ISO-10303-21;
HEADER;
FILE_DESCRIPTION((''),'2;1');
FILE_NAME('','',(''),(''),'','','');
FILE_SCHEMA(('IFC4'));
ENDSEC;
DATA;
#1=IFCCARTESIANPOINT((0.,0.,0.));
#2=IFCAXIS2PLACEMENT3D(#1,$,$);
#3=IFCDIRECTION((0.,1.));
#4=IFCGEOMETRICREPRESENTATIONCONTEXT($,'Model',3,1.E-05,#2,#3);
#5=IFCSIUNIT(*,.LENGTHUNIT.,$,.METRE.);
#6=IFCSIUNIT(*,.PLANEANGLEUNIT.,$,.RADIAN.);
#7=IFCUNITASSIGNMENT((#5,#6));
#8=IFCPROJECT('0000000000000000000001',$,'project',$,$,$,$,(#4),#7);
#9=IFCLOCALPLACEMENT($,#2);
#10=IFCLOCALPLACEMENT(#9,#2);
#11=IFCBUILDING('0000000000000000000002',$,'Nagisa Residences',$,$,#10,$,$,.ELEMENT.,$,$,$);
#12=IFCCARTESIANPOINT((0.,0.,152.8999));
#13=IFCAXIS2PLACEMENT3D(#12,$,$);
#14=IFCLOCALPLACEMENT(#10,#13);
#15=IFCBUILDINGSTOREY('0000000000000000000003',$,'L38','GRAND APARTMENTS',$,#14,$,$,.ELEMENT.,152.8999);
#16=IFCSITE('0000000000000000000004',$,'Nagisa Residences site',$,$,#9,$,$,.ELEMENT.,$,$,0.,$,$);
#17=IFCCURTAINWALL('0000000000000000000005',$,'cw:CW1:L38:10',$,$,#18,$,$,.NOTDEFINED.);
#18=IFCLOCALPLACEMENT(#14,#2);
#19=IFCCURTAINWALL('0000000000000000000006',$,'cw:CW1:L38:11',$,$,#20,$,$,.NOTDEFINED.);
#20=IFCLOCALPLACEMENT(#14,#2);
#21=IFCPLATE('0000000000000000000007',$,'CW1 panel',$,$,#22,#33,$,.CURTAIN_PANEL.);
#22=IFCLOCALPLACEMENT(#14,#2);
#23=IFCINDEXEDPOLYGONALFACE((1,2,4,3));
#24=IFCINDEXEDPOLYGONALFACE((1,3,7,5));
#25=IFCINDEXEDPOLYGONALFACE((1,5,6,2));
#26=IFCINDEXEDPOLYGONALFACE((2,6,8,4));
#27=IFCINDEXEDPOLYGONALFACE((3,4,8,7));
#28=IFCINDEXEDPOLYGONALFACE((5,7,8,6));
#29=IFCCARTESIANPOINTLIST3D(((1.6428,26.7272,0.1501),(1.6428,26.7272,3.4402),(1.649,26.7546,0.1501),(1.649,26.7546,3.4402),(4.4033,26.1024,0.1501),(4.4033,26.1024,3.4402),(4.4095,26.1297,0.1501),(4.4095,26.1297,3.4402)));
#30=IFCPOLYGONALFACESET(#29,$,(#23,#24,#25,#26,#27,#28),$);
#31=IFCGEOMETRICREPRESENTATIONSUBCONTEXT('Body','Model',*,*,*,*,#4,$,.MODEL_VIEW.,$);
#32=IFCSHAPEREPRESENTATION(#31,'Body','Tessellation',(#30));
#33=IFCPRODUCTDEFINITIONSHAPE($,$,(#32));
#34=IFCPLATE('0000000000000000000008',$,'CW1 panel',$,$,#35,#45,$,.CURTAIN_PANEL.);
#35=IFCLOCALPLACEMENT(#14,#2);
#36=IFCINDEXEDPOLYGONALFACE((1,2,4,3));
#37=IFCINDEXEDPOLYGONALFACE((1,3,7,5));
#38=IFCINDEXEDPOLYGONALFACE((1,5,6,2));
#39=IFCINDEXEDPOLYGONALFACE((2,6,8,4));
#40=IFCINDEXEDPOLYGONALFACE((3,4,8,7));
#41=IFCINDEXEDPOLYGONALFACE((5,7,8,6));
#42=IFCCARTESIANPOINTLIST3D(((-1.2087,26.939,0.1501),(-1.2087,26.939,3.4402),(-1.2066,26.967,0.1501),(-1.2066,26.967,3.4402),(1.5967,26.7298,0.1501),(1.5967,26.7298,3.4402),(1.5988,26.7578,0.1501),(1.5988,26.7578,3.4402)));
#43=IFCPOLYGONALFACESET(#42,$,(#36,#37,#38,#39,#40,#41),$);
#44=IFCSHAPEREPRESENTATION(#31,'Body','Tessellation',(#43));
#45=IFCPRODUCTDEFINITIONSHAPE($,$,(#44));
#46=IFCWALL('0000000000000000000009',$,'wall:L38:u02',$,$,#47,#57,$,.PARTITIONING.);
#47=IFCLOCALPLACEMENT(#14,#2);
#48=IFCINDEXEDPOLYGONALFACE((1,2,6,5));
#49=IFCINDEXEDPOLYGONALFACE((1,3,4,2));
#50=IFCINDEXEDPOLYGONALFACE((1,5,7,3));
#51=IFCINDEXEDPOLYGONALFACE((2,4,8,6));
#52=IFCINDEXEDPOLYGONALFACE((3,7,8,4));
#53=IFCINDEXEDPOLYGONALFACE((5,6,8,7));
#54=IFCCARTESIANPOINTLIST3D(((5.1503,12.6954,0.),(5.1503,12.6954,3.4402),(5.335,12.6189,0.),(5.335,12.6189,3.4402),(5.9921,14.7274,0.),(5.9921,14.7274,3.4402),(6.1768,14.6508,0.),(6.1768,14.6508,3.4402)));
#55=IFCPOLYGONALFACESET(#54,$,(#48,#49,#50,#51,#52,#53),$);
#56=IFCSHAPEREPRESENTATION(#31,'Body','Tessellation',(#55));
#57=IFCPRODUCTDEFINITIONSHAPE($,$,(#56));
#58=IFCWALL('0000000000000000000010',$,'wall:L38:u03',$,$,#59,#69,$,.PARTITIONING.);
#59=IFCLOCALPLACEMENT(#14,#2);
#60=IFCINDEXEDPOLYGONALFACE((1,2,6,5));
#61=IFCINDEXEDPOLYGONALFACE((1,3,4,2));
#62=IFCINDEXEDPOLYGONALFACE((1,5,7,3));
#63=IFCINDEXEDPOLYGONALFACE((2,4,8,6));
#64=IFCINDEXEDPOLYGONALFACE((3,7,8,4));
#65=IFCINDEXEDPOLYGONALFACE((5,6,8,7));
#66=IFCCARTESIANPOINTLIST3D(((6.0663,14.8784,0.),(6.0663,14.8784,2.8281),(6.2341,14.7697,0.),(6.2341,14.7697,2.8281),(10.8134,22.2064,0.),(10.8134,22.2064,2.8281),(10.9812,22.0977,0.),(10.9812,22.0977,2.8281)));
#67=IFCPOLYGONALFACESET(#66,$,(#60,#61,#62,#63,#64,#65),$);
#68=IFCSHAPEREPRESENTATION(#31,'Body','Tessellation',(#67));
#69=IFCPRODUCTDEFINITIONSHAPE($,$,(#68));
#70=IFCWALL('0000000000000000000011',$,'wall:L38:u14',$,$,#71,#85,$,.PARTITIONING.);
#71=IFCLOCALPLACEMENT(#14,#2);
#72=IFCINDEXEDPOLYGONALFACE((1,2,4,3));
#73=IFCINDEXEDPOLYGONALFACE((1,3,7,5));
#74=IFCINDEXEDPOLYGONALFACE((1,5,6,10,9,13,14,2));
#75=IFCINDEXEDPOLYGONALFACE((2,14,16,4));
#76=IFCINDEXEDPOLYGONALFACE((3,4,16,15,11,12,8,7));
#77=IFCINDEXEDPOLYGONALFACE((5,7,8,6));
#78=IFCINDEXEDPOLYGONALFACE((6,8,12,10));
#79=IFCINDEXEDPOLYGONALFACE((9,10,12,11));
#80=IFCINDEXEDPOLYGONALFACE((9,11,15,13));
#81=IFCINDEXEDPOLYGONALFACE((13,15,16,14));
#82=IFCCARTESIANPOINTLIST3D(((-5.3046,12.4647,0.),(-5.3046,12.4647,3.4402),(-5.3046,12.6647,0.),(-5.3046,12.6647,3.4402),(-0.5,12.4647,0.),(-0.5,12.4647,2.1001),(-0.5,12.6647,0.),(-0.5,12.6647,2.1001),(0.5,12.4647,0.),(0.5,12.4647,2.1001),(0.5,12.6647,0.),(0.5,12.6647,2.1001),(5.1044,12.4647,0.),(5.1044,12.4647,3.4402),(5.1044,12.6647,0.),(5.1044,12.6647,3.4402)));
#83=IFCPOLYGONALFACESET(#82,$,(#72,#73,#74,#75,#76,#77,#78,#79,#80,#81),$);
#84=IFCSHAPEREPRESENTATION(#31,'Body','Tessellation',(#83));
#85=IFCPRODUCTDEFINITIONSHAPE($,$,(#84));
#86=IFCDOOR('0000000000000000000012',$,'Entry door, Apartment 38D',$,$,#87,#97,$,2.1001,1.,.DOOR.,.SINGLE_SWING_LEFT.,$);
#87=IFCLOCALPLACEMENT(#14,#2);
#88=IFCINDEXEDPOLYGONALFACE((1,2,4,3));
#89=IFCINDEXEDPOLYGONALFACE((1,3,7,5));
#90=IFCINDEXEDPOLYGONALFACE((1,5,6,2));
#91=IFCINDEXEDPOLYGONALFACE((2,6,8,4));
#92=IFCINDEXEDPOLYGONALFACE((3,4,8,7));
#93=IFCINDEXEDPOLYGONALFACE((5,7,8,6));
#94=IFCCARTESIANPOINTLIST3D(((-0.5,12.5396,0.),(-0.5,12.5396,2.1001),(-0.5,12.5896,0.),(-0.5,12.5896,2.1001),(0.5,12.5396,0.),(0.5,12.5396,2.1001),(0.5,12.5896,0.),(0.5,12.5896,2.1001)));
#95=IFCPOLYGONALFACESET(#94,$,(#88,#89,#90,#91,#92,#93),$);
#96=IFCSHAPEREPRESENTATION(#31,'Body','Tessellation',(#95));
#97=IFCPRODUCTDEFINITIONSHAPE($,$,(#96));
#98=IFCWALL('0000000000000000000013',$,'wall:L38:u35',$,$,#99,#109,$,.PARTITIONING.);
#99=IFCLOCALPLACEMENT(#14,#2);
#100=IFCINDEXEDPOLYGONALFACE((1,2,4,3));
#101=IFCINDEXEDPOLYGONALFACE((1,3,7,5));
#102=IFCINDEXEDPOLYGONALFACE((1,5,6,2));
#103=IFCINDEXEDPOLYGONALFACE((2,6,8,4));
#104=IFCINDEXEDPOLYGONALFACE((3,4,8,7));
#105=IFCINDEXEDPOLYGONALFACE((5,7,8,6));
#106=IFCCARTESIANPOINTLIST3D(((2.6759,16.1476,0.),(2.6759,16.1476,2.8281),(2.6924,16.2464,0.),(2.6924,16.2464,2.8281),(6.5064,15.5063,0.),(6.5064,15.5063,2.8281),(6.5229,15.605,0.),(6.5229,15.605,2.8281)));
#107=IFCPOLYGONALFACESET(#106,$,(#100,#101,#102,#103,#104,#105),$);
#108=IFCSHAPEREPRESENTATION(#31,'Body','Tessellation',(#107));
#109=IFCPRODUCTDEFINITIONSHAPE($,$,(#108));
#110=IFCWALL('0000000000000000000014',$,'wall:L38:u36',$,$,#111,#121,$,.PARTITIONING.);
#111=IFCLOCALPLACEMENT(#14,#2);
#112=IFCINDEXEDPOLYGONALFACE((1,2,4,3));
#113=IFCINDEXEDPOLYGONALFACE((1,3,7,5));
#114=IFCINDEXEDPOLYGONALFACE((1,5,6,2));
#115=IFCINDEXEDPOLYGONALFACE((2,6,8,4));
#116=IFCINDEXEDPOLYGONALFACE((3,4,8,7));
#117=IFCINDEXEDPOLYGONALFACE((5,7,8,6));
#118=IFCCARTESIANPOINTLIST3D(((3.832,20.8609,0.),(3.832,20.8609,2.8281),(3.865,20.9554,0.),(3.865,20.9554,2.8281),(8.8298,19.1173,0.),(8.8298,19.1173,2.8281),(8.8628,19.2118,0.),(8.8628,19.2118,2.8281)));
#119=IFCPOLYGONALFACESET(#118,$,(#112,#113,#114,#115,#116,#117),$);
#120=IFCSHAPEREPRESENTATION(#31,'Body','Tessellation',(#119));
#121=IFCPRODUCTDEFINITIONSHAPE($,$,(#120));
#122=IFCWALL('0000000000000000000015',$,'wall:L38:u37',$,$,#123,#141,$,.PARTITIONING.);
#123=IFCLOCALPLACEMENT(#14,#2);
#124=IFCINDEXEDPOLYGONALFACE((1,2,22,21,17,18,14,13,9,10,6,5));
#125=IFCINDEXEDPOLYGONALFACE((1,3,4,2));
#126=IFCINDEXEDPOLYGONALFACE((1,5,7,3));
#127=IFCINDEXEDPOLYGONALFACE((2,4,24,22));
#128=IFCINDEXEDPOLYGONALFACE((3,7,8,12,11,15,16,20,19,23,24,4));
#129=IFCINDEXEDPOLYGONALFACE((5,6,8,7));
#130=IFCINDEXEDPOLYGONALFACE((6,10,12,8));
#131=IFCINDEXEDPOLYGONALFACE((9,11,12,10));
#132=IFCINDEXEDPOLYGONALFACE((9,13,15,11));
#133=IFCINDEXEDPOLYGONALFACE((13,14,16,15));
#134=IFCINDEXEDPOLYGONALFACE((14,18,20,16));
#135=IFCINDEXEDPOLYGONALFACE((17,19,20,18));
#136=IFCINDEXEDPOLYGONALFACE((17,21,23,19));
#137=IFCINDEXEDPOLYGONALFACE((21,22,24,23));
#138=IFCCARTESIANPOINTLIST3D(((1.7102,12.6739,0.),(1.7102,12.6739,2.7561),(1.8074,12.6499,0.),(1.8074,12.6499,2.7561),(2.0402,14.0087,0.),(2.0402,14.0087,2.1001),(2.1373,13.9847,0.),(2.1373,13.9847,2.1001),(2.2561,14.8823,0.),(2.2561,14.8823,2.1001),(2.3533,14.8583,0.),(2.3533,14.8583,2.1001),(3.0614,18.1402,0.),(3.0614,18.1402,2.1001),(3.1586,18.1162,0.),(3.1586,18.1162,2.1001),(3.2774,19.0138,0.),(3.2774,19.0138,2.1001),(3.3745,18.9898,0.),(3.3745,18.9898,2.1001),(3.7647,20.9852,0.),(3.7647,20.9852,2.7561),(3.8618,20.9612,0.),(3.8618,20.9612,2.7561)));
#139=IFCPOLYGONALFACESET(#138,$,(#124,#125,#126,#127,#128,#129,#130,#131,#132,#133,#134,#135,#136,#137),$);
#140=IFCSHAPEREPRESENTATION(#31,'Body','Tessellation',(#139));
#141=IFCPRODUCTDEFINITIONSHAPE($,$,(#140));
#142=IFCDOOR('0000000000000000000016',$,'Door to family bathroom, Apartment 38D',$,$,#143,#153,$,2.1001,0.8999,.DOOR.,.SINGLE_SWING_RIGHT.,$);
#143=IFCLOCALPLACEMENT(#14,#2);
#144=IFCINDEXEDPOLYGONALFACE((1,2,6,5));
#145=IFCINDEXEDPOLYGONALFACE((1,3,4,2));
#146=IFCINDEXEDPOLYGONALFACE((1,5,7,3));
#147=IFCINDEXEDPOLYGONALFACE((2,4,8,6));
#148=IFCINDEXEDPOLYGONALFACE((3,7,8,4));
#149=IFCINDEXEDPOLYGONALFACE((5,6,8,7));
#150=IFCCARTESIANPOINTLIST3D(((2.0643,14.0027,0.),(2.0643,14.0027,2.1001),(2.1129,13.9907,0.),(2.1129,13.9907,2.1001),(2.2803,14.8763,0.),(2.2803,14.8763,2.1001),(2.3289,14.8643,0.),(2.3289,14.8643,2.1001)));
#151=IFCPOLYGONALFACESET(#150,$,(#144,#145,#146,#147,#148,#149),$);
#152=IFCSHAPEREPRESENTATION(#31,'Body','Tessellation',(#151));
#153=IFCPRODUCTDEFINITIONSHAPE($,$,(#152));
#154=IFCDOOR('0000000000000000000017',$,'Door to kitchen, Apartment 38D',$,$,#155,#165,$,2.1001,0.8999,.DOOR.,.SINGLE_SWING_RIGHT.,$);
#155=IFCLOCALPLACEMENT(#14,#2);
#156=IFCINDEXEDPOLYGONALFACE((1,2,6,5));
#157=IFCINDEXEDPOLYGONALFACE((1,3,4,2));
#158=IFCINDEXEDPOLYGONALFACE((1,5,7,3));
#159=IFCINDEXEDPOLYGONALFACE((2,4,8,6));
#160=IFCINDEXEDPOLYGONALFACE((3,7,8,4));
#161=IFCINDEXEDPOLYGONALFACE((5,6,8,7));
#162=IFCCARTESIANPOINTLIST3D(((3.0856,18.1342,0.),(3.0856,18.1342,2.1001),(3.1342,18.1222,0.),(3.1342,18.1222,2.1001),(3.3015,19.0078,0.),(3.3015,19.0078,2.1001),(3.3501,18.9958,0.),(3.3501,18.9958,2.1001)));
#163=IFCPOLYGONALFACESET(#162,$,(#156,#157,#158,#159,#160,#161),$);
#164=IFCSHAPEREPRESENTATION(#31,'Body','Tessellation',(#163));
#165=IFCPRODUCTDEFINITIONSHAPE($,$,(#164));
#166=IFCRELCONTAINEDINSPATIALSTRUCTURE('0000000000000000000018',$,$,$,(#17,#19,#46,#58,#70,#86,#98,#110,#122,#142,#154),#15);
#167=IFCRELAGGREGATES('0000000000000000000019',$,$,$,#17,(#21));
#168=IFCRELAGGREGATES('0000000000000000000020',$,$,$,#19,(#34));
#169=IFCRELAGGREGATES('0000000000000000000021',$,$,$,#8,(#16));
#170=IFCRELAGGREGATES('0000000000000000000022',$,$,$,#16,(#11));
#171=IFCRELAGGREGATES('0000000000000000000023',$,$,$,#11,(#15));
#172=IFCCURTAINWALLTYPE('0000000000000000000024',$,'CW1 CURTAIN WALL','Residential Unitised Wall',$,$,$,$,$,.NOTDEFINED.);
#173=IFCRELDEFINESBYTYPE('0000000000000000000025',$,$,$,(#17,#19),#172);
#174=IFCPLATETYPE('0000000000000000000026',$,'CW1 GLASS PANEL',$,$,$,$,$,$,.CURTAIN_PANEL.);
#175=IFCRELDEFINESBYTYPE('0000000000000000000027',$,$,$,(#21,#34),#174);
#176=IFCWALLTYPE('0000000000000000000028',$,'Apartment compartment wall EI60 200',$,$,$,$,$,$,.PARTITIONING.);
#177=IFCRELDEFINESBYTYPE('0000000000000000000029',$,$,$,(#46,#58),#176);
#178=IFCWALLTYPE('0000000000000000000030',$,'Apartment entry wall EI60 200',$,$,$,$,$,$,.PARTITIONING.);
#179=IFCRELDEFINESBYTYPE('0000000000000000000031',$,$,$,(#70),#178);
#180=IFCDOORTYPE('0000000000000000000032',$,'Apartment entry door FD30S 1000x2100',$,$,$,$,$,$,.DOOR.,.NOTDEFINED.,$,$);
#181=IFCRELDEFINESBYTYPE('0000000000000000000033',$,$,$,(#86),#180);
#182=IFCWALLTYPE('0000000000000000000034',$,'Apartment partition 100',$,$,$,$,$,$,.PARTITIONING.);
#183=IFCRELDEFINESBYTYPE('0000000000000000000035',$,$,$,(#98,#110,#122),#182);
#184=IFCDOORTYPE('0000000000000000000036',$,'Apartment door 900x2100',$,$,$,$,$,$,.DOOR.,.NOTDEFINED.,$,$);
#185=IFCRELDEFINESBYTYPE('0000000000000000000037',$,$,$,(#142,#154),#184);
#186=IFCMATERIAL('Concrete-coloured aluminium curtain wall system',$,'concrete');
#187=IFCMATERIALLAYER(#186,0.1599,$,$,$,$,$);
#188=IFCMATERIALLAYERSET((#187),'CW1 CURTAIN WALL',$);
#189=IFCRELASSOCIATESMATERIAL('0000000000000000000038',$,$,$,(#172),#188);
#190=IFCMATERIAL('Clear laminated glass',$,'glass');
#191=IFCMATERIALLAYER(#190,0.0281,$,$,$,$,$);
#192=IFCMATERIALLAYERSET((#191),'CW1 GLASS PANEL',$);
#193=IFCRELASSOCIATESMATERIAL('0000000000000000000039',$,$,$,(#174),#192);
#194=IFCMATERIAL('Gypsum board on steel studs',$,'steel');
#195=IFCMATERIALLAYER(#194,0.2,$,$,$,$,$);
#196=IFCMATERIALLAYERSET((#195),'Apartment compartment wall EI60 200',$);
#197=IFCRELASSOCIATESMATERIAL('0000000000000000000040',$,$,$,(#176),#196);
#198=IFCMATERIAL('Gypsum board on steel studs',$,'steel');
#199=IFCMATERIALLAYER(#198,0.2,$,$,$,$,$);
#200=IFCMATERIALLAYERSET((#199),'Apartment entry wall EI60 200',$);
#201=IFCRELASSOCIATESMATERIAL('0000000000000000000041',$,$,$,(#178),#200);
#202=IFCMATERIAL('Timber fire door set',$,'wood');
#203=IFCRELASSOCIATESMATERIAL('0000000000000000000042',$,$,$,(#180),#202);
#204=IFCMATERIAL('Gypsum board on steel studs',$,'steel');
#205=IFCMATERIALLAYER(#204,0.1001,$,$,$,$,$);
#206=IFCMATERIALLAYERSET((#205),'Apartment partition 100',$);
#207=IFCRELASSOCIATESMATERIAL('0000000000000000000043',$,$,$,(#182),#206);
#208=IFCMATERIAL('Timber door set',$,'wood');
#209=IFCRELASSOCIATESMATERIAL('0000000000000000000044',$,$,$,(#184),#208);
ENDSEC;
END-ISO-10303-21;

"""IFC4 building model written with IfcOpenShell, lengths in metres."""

from ifc_helpers import new_model, si_unit, direction, frame, frame_2d, origin, origin_2d, place, context, subcontext, project, spatial, rectangle, extrude, material, layer, layer_set, type_object, element, fill, aggregate, save


model = new_model("IFC4")

# Units and contexts
model_context = context("Model", 3, precision=1e-05, world=origin(), true_north=direction((0.0, 1.0)))
body_context = subcontext(model_context, "Body", "Model", "MODEL_VIEW")
ifc_project = project(units=[si_unit("LENGTHUNIT", "METRE"), si_unit("PLANEANGLEUNIT", "RADIAN")], contexts=[model_context])

# Site, building, storey
site_placement = place(None, origin())
site = spatial("IfcSite", under=ifc_project, at=site_placement, Name="Nagisa Residences site", CompositionType="ELEMENT", RefElevation=0.0)
building_placement = place(site_placement, origin())
building = spatial("IfcBuilding", under=site, at=building_placement, Name="Nagisa Residences", CompositionType="ELEMENT")
storey_placement = place(building_placement, frame((0.0, 0.0, 152.8999)))
storey = spatial("IfcBuildingStorey", under=building, at=storey_placement, Name="L38", Description="GRAND APARTMENTS", CompositionType="ELEMENT", Elevation=152.8999)

# Curtain walls
ifc_material_1 = material(Name="Concrete-coloured aluminium curtain wall system", Category="concrete")
ifc_layer_1 = layer(ifc_material_1, 0.1599)
ifc_layer_set_1 = layer_set([ifc_layer_1], Name="CW1 CURTAIN WALL")
curtain_wall_type = type_object("IfcCurtainWallType", Name="CW1 CURTAIN WALL", Description="Residential Unitised Wall", PredefinedType="NOTDEFINED", material=ifc_layer_set_1)
curtain_wall_1_placement = place(storey_placement, origin())
curtain_wall_1 = element("IfcCurtainWall", 1, at=curtain_wall_1_placement, inside=storey, type_object=curtain_wall_type, Name="cw:CW1:L38:10", PredefinedType="NOTDEFINED")
curtain_wall_2_placement = place(storey_placement, origin())
curtain_wall_2 = element("IfcCurtainWall", 2, at=curtain_wall_2_placement, inside=storey, type_object=curtain_wall_type, Name="cw:CW1:L38:11", PredefinedType="NOTDEFINED")

# Plates
ifc_material_2 = material(Name="Clear laminated glass", Category="glass")
ifc_layer_2 = layer(ifc_material_2, 0.0281)
ifc_layer_set_2 = layer_set([ifc_layer_2], Name="CW1 GLASS PANEL")
plate_type = type_object("IfcPlateType", Name="CW1 GLASS PANEL", PredefinedType="CURTAIN_PANEL", material=ifc_layer_set_2)
plate_1_placement = place(storey_placement, frame((3.0261, 26.4285, 0.1501), z_axis=(0.0, 0.0, 1.0), x_axis=(-0.975327, 0.220764, 0.0)))
plate_1 = element("IfcPlate", 3, at=plate_1_placement, type_object=plate_type, Name="CW1 panel", PredefinedType="CURTAIN_PANEL", context=body_context, shape_type="SweptSolid", body=[
    extrude(rectangle(XDim=2.8303, YDim=0.0281, at=origin_2d()), origin(), (0.0, 0.0, 1.0), 3.29),
])
aggregate(curtain_wall_1, [plate_1])
plate_2_placement = place(storey_placement, frame((0.1951, 26.8484, 0.1501), z_axis=(0.0, 0.0, 1.0), x_axis=(-0.99723, 0.074377, 0.0)))
plate_2 = element("IfcPlate", 4, at=plate_2_placement, type_object=plate_type, Name="CW1 panel", PredefinedType="CURTAIN_PANEL", context=body_context, shape_type="SweptSolid", body=[
    extrude(rectangle(XDim=2.8132, YDim=0.0281, at=origin_2d()), origin(), (0.0, 0.0, 1.0), 3.29),
])
aggregate(curtain_wall_2, [plate_2])

# Walls
ifc_material_3 = material(Name="Gypsum board on steel studs", Category="steel")
ifc_layer_3 = layer(ifc_material_3, 0.2)
ifc_layer_set_3 = layer_set([ifc_layer_3], Name="Apartment compartment wall EI60 200")
wall_type_1 = type_object("IfcWallType", Name="Apartment compartment wall EI60 200", PredefinedType="PARTITIONING", material=ifc_layer_set_3)
wall_1_placement = place(storey_placement, frame((5.2427, 12.6572, 0.0), z_axis=(0.0, 0.0, 1.0), x_axis=(0.382731, 0.92386, 0.0)))
element("IfcWall", 5, at=wall_1_placement, inside=storey, type_object=wall_type_1, Name="wall:L38:u02", PredefinedType="PARTITIONING", context=body_context, shape_type="SweptSolid", body=[
    extrude(rectangle(XDim=2.1995, YDim=0.2, at=frame_2d((1.0996, 0.0))), origin(), (0.0, 0.0, 1.0), 3.4402),
])
wall_2_placement = place(storey_placement, frame((6.1501, 14.824, 0.0), z_axis=(0.0, 0.0, 1.0), x_axis=(0.543695, 0.839283, 0.0)))
element("IfcWall", 6, at=wall_2_placement, inside=storey, type_object=wall_type_1, Name="wall:L38:u03", PredefinedType="PARTITIONING", context=body_context, shape_type="SweptSolid", body=[
    extrude(rectangle(XDim=8.7312, YDim=0.2, at=frame_2d((4.3657, 0.0))), origin(), (0.0, 0.0, 1.0), 2.8281),
])

# Wall, opening, door
ifc_material_4 = material(Name="Gypsum board on steel studs", Category="steel")
ifc_layer_4 = layer(ifc_material_4, 0.2)
ifc_layer_set_4 = layer_set([ifc_layer_4], Name="Apartment entry wall EI60 200")
wall_type_2 = type_object("IfcWallType", Name="Apartment entry wall EI60 200", PredefinedType="PARTITIONING", material=ifc_layer_set_4)
wall_3_placement = place(storey_placement, frame((5.1045, 12.5647, 0.0), z_axis=(0.0, 0.0, 1.0), x_axis=(-1.0, 0.0, 0.0)))
wall_3 = element("IfcWall", 7, at=wall_3_placement, inside=storey, type_object=wall_type_2, Name="wall:L38:u14", PredefinedType="PARTITIONING", context=body_context, shape_type="SweptSolid", body=[
    extrude(rectangle(XDim=10.4089, YDim=0.2, at=frame_2d((5.2046, 0.0))), origin(), (0.0, 0.0, 1.0), 3.4402),
])
opening_1_placement = place(wall_3_placement, frame((4.6045, 0.0, 0.0)))
opening_1 = element("IfcOpeningElement", 8, at=opening_1_placement, cuts=wall_3, PredefinedType="OPENING", context=body_context, shape_type="SweptSolid", body=[
    extrude(rectangle(XDim=1.0, YDim=2.1001, at=frame_2d((0.5, 1.05))), frame((0.0, 0.1099, 0.0), z_axis=(0.0, -1.0, 0.0), x_axis=(1.0, 0.0, 0.0)), (0.0, 0.0, 1.0), 0.22),
])
ifc_material_5 = material(Name="Timber fire door set", Category="wood")
door_type_1 = type_object("IfcDoorType", Name="Apartment entry door FD30S 1000x2100", OperationType="NOTDEFINED", PredefinedType="DOOR", material=ifc_material_5)
door_1_placement = place(opening_1_placement, frame((1.0, 0.0, 0.0), x_axis=(-1.0, 0.0, 0.0)))
door_1 = element("IfcDoor", 9, at=door_1_placement, inside=storey, type_object=door_type_1, Name="Entry door, Apartment 38D", OperationType="SINGLE_SWING_LEFT", OverallHeight=2.1001, OverallWidth=1.0, PredefinedType="DOOR", context=body_context, shape_type="SweptSolid", body=[
    extrude(rectangle(XDim=1.0, YDim=2.1001, at=frame_2d((0.5, 1.05))), frame((0.0, 0.0249, 0.0), z_axis=(0.0, -1.0, 0.0), x_axis=(1.0, 0.0, 0.0)), (0.0, 0.0, 1.0), 0.05),
])
fill(opening_1, door_1)

# Walls
ifc_material_6 = material(Name="Gypsum board on steel studs", Category="steel")
ifc_layer_5 = layer(ifc_material_6, 0.1001)
ifc_layer_set_5 = layer_set([ifc_layer_5], Name="Apartment partition 100")
wall_type_3 = type_object("IfcWallType", Name="Apartment partition 100", PredefinedType="PARTITIONING", material=ifc_layer_set_5)
wall_4_placement = place(storey_placement, frame((6.5146, 15.5557, 0.0), z_axis=(0.0, 0.0, 1.0), x_axis=(-0.986271, 0.165133, 0.0)))
element("IfcWall", 10, at=wall_4_placement, inside=storey, type_object=wall_type_3, Name="wall:L38:u35", PredefinedType="PARTITIONING", context=body_context, shape_type="SweptSolid", body=[
    extrude(rectangle(XDim=3.8838, YDim=0.1001, at=frame_2d((1.9419, 0.0))), origin(), (0.0, 0.0, 1.0), 2.8281),
])
wall_5_placement = place(storey_placement, frame((8.8462, 19.1646, 0.0), z_axis=(0.0, 0.0, 1.0), x_axis=(-0.944187, 0.329411, 0.0)))
element("IfcWall", 11, at=wall_5_placement, inside=storey, type_object=wall_type_3, Name="wall:L38:u36", PredefinedType="PARTITIONING", context=body_context, shape_type="SweptSolid", body=[
    extrude(rectangle(XDim=5.2932, YDim=0.1001, at=frame_2d((2.6465, 0.0))), origin(), (0.0, 0.0, 1.0), 2.8281),
])

# Wall, openings, doors
wall_6_placement = place(storey_placement, frame((1.7588, 12.6619, 0.0), z_axis=(0.0, 0.0, 1.0), x_axis=(0.239965, 0.970782, 0.0)))
wall_6 = element("IfcWall", 12, at=wall_6_placement, inside=storey, type_object=wall_type_3, Name="wall:L38:u37", PredefinedType="PARTITIONING", context=body_context, shape_type="SweptSolid", body=[
    extrude(rectangle(XDim=8.5615, YDim=0.1001, at=frame_2d((4.2808, 0.0))), origin(), (0.0, 0.0, 1.0), 2.7561),
])
opening_2_placement = place(wall_6_placement, frame((1.375, 0.0, 0.0)))
opening_2 = element("IfcOpeningElement", 13, at=opening_2_placement, cuts=wall_6, PredefinedType="OPENING", context=body_context, shape_type="SweptSolid", body=[
    extrude(rectangle(XDim=0.8999, YDim=2.1001, at=frame_2d((0.45, 1.05))), frame((0.0, 0.0601, 0.0), z_axis=(0.0, -1.0, 0.0), x_axis=(1.0, 0.0, 0.0)), (0.0, 0.0, 1.0), 0.1201),
])
opening_3_placement = place(wall_6_placement, frame((5.6309, 0.0, 0.0)))
opening_3 = element("IfcOpeningElement", 14, at=opening_3_placement, cuts=wall_6, PredefinedType="OPENING", context=body_context, shape_type="SweptSolid", body=[
    extrude(rectangle(XDim=0.8999, YDim=2.1001, at=frame_2d((0.45, 1.05))), frame((0.0, 0.0601, 0.0), z_axis=(0.0, -1.0, 0.0), x_axis=(1.0, 0.0, 0.0)), (0.0, 0.0, 1.0), 0.1201),
])
ifc_material_7 = material(Name="Timber door set", Category="wood")
door_type_2 = type_object("IfcDoorType", Name="Apartment door 900x2100", OperationType="NOTDEFINED", PredefinedType="DOOR", material=ifc_material_7)
door_2_placement = place(opening_2_placement, frame((0.8999, 0.0, 0.0), x_axis=(-1.0, 0.0, 0.0)))
door_2 = element("IfcDoor", 15, at=door_2_placement, inside=storey, type_object=door_type_2, Name="Door to family bathroom, Apartment 38D", OperationType="SINGLE_SWING_RIGHT", OverallHeight=2.1001, OverallWidth=0.8999, PredefinedType="DOOR", context=body_context, shape_type="SweptSolid", body=[
    extrude(rectangle(XDim=0.8999, YDim=2.1001, at=frame_2d((0.45, 1.05))), frame((0.0, 0.0249, 0.0), z_axis=(0.0, -1.0, 0.0), x_axis=(1.0, 0.0, 0.0)), (0.0, 0.0, 1.0), 0.05),
])
fill(opening_2, door_2)
door_3_placement = place(opening_3_placement, frame((0.8999, 0.0, 0.0), x_axis=(-1.0, 0.0, 0.0)))
door_3 = element("IfcDoor", 16, at=door_3_placement, inside=storey, type_object=door_type_2, Name="Door to kitchen, Apartment 38D", OperationType="SINGLE_SWING_RIGHT", OverallHeight=2.1001, OverallWidth=0.8999, PredefinedType="DOOR", context=body_context, shape_type="SweptSolid", body=[
    extrude(rectangle(XDim=0.8999, YDim=2.1001, at=frame_2d((0.45, 1.05))), frame((0.0, 0.0249, 0.0), z_axis=(0.0, -1.0, 0.0), x_axis=(1.0, 0.0, 0.0)), (0.0, 0.0, 1.0), 0.05),
])
fill(opening_3, door_3)

save(model, "model.ifc")
